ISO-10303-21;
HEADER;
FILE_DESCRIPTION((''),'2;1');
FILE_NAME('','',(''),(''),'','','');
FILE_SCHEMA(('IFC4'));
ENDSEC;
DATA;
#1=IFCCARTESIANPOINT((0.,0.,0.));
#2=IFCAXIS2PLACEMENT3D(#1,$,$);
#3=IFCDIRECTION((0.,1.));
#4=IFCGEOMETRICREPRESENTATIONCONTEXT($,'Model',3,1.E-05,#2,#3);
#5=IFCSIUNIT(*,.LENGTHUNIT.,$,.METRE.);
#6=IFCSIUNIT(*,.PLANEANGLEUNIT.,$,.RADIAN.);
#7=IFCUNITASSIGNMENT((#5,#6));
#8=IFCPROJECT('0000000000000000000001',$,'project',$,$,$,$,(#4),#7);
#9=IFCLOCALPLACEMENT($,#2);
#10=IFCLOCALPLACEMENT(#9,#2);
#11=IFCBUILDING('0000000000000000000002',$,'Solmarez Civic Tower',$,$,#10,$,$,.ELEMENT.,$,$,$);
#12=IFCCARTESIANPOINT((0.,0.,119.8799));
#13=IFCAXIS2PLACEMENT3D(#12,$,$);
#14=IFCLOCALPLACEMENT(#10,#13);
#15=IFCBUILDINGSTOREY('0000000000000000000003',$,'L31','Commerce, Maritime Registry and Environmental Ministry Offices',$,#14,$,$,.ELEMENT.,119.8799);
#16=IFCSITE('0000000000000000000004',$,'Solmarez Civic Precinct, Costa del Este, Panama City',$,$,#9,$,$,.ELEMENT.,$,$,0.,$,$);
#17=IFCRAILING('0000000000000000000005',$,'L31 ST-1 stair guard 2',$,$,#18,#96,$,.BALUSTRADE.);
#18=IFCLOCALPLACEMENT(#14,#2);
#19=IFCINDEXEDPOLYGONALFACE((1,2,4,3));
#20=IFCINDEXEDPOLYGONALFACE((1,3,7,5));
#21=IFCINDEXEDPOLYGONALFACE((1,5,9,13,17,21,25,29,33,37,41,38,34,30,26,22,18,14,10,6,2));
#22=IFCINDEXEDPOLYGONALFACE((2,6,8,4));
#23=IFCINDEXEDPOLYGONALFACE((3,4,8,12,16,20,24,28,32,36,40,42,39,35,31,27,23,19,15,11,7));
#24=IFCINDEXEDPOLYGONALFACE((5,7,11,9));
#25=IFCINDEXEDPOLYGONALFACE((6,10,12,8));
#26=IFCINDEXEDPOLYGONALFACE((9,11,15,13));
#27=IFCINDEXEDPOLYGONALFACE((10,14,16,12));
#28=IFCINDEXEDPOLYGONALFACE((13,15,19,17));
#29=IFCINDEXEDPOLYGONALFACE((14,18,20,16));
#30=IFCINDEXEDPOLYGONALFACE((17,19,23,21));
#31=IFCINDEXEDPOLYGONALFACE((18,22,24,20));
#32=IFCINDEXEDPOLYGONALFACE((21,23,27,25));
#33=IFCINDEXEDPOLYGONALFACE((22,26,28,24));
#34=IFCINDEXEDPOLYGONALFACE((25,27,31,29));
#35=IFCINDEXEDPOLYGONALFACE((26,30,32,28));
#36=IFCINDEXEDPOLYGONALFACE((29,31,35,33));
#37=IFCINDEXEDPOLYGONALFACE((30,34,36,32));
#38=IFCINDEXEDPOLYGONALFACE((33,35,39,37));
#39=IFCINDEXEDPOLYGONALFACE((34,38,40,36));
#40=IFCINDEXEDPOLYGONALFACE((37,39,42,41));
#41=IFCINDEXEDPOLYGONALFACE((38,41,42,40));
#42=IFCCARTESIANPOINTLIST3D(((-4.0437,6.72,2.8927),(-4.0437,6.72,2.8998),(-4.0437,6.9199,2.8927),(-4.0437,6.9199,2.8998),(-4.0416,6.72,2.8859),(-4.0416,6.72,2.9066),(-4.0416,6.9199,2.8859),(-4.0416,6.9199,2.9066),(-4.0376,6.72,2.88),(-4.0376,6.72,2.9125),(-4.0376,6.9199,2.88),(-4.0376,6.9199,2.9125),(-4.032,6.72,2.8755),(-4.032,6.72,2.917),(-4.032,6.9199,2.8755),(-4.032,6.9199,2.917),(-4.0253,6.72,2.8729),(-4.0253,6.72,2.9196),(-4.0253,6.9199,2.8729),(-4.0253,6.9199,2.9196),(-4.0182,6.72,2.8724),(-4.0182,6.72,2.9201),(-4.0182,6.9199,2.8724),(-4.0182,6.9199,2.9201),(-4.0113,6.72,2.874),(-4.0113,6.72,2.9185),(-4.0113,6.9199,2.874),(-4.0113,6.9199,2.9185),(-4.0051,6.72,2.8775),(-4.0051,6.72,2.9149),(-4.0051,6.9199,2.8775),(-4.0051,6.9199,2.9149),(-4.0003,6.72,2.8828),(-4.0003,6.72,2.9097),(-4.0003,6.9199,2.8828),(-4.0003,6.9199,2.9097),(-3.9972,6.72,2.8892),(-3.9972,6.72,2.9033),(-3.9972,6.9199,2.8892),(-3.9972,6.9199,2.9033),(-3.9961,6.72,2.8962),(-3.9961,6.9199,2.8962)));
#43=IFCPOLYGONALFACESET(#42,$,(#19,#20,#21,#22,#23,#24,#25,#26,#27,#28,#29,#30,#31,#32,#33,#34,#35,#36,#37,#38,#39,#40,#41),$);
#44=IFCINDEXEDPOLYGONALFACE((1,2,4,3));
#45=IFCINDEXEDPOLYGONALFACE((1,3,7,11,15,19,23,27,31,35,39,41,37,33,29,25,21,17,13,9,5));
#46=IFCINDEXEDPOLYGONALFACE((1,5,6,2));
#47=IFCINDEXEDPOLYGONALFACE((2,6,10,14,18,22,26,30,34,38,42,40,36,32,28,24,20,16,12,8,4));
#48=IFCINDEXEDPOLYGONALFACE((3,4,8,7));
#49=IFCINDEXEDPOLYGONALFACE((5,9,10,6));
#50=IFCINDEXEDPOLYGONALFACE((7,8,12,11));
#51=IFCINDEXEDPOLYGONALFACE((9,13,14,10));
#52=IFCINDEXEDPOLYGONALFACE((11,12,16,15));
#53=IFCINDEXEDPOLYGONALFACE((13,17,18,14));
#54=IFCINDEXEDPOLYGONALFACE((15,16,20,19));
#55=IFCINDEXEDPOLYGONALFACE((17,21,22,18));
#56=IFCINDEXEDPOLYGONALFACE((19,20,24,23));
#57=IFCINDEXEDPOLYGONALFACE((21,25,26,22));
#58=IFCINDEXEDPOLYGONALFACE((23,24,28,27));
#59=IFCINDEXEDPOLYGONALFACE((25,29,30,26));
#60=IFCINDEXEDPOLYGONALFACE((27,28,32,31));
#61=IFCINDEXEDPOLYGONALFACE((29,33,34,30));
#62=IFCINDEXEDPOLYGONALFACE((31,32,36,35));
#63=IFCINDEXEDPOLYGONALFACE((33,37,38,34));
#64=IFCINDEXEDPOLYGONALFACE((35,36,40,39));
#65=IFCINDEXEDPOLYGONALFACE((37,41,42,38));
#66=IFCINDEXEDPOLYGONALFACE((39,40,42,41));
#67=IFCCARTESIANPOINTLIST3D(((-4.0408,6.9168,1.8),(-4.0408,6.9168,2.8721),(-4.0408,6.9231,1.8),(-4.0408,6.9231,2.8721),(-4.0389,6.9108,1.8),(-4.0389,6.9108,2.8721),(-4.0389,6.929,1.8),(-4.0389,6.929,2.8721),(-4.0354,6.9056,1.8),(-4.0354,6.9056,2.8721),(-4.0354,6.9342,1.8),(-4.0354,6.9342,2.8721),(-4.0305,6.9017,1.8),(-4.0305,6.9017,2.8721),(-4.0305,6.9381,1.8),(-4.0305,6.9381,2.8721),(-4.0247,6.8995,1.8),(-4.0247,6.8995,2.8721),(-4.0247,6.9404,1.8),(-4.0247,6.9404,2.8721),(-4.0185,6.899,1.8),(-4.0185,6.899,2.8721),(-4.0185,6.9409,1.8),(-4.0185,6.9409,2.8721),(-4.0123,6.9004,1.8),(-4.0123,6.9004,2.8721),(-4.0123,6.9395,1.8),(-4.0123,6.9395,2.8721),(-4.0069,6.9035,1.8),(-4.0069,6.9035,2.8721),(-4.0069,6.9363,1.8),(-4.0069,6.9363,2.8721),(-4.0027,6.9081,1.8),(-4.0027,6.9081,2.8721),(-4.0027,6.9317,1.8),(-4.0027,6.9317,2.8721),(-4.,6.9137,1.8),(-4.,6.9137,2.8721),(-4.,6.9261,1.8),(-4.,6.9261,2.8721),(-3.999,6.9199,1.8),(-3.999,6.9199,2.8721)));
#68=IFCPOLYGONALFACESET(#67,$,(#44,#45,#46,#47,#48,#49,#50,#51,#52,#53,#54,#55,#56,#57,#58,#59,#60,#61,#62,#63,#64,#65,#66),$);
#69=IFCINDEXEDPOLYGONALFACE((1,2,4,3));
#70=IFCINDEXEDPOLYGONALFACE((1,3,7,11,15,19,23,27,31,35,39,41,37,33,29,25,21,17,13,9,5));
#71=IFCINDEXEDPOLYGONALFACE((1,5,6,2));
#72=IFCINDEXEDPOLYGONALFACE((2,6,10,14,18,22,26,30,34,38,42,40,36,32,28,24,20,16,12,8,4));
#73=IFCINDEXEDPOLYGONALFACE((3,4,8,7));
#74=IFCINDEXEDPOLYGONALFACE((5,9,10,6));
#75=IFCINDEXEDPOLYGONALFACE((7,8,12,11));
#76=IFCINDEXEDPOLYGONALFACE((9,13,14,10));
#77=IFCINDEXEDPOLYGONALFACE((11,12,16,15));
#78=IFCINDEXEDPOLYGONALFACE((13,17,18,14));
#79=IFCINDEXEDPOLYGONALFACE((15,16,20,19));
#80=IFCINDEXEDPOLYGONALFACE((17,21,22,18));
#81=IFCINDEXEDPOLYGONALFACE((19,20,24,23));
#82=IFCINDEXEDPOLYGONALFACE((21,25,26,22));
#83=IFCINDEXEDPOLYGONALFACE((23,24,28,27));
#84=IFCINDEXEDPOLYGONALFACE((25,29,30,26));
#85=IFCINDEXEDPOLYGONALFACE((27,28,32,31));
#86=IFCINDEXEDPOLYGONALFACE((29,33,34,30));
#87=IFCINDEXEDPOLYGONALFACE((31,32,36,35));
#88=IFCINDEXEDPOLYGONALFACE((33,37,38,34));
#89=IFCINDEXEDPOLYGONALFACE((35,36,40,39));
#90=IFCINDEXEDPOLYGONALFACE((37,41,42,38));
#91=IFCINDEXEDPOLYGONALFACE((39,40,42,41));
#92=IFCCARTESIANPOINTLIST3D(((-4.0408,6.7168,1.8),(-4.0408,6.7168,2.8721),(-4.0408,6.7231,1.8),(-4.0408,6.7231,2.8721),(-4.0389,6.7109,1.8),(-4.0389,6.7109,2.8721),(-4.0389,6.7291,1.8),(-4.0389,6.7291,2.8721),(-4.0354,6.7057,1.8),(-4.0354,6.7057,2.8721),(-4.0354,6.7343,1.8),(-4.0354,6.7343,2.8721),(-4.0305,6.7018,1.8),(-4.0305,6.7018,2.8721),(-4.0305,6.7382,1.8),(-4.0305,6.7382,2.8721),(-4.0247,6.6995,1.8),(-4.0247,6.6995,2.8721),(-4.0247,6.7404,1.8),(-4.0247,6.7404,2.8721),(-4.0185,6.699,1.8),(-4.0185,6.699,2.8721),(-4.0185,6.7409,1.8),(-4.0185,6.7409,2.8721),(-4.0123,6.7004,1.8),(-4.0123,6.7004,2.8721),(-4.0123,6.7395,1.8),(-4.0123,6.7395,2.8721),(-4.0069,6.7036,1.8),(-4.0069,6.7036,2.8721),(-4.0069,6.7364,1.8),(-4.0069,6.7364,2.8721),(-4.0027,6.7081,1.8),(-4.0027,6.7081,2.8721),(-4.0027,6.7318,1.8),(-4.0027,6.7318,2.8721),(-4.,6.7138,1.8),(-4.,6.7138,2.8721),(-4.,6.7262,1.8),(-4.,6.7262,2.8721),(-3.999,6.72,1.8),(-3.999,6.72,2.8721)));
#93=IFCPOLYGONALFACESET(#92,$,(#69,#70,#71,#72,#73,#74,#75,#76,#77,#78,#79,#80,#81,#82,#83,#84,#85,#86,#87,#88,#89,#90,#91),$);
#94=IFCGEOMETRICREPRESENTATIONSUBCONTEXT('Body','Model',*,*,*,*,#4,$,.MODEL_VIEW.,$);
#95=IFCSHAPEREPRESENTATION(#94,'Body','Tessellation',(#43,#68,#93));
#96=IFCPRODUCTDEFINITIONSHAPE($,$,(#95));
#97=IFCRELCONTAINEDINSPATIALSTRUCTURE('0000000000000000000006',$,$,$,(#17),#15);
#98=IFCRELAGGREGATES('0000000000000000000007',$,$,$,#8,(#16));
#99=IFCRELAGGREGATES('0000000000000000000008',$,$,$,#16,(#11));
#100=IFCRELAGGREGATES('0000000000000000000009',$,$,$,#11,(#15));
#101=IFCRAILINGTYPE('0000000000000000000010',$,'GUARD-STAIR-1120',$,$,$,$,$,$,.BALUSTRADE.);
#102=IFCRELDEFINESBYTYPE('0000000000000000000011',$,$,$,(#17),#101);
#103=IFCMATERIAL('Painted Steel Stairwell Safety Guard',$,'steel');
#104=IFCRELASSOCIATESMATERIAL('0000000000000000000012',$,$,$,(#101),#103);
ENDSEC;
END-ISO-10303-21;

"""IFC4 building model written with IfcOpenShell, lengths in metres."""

from ifc_helpers import new_model, si_unit, direction, frame, origin, origin_2d, place, context, subcontext, project, spatial, circle, extrude, material, type_object, element, save


model = new_model("IFC4")

# Units and contexts
model_context = context("Model", 3, precision=1e-05, world=origin(), true_north=direction((0.0, 1.0)))
body_context = subcontext(model_context, "Body", "Model", "MODEL_VIEW")
ifc_project = project(units=[si_unit("LENGTHUNIT", "METRE"), si_unit("PLANEANGLEUNIT", "RADIAN")], contexts=[model_context])

# Site, building, storey
site_placement = place(None, origin())
site = spatial("IfcSite", under=ifc_project, at=site_placement, Name="Solmarez Civic Precinct, Costa del Este, Panama City", CompositionType="ELEMENT", RefElevation=0.0)
building_placement = place(site_placement, origin())
building = spatial("IfcBuilding", under=site, at=building_placement, Name="Solmarez Civic Tower", CompositionType="ELEMENT")
storey_placement = place(building_placement, frame((0.0, 0.0, 119.8799)))
storey = spatial("IfcBuildingStorey", under=building, at=storey_placement, Name="L31", Description="Commerce, Maritime Registry and Environmental Ministry Offices", CompositionType="ELEMENT", Elevation=119.8799)

# Railing
ifc_material_1 = material(Name="Painted Steel Stairwell Safety Guard", Category="steel")
railing_type_1 = type_object("IfcRailingType", Name="GUARD-STAIR-1120", PredefinedType="BALUSTRADE", material=ifc_material_1)
railing_1_placement = place(storey_placement, frame((-4.02, 6.9199, 1.8)))
element("IfcRailing", 1, at=railing_1_placement, inside=storey, type_object=railing_type_1, Name="L31 ST-1 stair guard 2", PredefinedType="BALUSTRADE", context=body_context, shape_type="SweptSolid", body=[
    extrude(circle(Radius=0.0239, at=origin_2d()), frame((0.0, 0.0, 1.0962), z_axis=(0.0, -1.0, 0.0), x_axis=(1.0, 0.0, 0.0)), (0.0, 0.0, 1.0), 0.2),
    extrude(circle(Radius=0.021, at=origin_2d()), origin(), (0.0, 0.0, 1.0), 1.072),
    extrude(circle(Radius=0.021, at=origin_2d()), frame((0.0, -0.2, 0.0)), (0.0, 0.0, 1.0), 1.072),
])

save(model, "model.ifc")
